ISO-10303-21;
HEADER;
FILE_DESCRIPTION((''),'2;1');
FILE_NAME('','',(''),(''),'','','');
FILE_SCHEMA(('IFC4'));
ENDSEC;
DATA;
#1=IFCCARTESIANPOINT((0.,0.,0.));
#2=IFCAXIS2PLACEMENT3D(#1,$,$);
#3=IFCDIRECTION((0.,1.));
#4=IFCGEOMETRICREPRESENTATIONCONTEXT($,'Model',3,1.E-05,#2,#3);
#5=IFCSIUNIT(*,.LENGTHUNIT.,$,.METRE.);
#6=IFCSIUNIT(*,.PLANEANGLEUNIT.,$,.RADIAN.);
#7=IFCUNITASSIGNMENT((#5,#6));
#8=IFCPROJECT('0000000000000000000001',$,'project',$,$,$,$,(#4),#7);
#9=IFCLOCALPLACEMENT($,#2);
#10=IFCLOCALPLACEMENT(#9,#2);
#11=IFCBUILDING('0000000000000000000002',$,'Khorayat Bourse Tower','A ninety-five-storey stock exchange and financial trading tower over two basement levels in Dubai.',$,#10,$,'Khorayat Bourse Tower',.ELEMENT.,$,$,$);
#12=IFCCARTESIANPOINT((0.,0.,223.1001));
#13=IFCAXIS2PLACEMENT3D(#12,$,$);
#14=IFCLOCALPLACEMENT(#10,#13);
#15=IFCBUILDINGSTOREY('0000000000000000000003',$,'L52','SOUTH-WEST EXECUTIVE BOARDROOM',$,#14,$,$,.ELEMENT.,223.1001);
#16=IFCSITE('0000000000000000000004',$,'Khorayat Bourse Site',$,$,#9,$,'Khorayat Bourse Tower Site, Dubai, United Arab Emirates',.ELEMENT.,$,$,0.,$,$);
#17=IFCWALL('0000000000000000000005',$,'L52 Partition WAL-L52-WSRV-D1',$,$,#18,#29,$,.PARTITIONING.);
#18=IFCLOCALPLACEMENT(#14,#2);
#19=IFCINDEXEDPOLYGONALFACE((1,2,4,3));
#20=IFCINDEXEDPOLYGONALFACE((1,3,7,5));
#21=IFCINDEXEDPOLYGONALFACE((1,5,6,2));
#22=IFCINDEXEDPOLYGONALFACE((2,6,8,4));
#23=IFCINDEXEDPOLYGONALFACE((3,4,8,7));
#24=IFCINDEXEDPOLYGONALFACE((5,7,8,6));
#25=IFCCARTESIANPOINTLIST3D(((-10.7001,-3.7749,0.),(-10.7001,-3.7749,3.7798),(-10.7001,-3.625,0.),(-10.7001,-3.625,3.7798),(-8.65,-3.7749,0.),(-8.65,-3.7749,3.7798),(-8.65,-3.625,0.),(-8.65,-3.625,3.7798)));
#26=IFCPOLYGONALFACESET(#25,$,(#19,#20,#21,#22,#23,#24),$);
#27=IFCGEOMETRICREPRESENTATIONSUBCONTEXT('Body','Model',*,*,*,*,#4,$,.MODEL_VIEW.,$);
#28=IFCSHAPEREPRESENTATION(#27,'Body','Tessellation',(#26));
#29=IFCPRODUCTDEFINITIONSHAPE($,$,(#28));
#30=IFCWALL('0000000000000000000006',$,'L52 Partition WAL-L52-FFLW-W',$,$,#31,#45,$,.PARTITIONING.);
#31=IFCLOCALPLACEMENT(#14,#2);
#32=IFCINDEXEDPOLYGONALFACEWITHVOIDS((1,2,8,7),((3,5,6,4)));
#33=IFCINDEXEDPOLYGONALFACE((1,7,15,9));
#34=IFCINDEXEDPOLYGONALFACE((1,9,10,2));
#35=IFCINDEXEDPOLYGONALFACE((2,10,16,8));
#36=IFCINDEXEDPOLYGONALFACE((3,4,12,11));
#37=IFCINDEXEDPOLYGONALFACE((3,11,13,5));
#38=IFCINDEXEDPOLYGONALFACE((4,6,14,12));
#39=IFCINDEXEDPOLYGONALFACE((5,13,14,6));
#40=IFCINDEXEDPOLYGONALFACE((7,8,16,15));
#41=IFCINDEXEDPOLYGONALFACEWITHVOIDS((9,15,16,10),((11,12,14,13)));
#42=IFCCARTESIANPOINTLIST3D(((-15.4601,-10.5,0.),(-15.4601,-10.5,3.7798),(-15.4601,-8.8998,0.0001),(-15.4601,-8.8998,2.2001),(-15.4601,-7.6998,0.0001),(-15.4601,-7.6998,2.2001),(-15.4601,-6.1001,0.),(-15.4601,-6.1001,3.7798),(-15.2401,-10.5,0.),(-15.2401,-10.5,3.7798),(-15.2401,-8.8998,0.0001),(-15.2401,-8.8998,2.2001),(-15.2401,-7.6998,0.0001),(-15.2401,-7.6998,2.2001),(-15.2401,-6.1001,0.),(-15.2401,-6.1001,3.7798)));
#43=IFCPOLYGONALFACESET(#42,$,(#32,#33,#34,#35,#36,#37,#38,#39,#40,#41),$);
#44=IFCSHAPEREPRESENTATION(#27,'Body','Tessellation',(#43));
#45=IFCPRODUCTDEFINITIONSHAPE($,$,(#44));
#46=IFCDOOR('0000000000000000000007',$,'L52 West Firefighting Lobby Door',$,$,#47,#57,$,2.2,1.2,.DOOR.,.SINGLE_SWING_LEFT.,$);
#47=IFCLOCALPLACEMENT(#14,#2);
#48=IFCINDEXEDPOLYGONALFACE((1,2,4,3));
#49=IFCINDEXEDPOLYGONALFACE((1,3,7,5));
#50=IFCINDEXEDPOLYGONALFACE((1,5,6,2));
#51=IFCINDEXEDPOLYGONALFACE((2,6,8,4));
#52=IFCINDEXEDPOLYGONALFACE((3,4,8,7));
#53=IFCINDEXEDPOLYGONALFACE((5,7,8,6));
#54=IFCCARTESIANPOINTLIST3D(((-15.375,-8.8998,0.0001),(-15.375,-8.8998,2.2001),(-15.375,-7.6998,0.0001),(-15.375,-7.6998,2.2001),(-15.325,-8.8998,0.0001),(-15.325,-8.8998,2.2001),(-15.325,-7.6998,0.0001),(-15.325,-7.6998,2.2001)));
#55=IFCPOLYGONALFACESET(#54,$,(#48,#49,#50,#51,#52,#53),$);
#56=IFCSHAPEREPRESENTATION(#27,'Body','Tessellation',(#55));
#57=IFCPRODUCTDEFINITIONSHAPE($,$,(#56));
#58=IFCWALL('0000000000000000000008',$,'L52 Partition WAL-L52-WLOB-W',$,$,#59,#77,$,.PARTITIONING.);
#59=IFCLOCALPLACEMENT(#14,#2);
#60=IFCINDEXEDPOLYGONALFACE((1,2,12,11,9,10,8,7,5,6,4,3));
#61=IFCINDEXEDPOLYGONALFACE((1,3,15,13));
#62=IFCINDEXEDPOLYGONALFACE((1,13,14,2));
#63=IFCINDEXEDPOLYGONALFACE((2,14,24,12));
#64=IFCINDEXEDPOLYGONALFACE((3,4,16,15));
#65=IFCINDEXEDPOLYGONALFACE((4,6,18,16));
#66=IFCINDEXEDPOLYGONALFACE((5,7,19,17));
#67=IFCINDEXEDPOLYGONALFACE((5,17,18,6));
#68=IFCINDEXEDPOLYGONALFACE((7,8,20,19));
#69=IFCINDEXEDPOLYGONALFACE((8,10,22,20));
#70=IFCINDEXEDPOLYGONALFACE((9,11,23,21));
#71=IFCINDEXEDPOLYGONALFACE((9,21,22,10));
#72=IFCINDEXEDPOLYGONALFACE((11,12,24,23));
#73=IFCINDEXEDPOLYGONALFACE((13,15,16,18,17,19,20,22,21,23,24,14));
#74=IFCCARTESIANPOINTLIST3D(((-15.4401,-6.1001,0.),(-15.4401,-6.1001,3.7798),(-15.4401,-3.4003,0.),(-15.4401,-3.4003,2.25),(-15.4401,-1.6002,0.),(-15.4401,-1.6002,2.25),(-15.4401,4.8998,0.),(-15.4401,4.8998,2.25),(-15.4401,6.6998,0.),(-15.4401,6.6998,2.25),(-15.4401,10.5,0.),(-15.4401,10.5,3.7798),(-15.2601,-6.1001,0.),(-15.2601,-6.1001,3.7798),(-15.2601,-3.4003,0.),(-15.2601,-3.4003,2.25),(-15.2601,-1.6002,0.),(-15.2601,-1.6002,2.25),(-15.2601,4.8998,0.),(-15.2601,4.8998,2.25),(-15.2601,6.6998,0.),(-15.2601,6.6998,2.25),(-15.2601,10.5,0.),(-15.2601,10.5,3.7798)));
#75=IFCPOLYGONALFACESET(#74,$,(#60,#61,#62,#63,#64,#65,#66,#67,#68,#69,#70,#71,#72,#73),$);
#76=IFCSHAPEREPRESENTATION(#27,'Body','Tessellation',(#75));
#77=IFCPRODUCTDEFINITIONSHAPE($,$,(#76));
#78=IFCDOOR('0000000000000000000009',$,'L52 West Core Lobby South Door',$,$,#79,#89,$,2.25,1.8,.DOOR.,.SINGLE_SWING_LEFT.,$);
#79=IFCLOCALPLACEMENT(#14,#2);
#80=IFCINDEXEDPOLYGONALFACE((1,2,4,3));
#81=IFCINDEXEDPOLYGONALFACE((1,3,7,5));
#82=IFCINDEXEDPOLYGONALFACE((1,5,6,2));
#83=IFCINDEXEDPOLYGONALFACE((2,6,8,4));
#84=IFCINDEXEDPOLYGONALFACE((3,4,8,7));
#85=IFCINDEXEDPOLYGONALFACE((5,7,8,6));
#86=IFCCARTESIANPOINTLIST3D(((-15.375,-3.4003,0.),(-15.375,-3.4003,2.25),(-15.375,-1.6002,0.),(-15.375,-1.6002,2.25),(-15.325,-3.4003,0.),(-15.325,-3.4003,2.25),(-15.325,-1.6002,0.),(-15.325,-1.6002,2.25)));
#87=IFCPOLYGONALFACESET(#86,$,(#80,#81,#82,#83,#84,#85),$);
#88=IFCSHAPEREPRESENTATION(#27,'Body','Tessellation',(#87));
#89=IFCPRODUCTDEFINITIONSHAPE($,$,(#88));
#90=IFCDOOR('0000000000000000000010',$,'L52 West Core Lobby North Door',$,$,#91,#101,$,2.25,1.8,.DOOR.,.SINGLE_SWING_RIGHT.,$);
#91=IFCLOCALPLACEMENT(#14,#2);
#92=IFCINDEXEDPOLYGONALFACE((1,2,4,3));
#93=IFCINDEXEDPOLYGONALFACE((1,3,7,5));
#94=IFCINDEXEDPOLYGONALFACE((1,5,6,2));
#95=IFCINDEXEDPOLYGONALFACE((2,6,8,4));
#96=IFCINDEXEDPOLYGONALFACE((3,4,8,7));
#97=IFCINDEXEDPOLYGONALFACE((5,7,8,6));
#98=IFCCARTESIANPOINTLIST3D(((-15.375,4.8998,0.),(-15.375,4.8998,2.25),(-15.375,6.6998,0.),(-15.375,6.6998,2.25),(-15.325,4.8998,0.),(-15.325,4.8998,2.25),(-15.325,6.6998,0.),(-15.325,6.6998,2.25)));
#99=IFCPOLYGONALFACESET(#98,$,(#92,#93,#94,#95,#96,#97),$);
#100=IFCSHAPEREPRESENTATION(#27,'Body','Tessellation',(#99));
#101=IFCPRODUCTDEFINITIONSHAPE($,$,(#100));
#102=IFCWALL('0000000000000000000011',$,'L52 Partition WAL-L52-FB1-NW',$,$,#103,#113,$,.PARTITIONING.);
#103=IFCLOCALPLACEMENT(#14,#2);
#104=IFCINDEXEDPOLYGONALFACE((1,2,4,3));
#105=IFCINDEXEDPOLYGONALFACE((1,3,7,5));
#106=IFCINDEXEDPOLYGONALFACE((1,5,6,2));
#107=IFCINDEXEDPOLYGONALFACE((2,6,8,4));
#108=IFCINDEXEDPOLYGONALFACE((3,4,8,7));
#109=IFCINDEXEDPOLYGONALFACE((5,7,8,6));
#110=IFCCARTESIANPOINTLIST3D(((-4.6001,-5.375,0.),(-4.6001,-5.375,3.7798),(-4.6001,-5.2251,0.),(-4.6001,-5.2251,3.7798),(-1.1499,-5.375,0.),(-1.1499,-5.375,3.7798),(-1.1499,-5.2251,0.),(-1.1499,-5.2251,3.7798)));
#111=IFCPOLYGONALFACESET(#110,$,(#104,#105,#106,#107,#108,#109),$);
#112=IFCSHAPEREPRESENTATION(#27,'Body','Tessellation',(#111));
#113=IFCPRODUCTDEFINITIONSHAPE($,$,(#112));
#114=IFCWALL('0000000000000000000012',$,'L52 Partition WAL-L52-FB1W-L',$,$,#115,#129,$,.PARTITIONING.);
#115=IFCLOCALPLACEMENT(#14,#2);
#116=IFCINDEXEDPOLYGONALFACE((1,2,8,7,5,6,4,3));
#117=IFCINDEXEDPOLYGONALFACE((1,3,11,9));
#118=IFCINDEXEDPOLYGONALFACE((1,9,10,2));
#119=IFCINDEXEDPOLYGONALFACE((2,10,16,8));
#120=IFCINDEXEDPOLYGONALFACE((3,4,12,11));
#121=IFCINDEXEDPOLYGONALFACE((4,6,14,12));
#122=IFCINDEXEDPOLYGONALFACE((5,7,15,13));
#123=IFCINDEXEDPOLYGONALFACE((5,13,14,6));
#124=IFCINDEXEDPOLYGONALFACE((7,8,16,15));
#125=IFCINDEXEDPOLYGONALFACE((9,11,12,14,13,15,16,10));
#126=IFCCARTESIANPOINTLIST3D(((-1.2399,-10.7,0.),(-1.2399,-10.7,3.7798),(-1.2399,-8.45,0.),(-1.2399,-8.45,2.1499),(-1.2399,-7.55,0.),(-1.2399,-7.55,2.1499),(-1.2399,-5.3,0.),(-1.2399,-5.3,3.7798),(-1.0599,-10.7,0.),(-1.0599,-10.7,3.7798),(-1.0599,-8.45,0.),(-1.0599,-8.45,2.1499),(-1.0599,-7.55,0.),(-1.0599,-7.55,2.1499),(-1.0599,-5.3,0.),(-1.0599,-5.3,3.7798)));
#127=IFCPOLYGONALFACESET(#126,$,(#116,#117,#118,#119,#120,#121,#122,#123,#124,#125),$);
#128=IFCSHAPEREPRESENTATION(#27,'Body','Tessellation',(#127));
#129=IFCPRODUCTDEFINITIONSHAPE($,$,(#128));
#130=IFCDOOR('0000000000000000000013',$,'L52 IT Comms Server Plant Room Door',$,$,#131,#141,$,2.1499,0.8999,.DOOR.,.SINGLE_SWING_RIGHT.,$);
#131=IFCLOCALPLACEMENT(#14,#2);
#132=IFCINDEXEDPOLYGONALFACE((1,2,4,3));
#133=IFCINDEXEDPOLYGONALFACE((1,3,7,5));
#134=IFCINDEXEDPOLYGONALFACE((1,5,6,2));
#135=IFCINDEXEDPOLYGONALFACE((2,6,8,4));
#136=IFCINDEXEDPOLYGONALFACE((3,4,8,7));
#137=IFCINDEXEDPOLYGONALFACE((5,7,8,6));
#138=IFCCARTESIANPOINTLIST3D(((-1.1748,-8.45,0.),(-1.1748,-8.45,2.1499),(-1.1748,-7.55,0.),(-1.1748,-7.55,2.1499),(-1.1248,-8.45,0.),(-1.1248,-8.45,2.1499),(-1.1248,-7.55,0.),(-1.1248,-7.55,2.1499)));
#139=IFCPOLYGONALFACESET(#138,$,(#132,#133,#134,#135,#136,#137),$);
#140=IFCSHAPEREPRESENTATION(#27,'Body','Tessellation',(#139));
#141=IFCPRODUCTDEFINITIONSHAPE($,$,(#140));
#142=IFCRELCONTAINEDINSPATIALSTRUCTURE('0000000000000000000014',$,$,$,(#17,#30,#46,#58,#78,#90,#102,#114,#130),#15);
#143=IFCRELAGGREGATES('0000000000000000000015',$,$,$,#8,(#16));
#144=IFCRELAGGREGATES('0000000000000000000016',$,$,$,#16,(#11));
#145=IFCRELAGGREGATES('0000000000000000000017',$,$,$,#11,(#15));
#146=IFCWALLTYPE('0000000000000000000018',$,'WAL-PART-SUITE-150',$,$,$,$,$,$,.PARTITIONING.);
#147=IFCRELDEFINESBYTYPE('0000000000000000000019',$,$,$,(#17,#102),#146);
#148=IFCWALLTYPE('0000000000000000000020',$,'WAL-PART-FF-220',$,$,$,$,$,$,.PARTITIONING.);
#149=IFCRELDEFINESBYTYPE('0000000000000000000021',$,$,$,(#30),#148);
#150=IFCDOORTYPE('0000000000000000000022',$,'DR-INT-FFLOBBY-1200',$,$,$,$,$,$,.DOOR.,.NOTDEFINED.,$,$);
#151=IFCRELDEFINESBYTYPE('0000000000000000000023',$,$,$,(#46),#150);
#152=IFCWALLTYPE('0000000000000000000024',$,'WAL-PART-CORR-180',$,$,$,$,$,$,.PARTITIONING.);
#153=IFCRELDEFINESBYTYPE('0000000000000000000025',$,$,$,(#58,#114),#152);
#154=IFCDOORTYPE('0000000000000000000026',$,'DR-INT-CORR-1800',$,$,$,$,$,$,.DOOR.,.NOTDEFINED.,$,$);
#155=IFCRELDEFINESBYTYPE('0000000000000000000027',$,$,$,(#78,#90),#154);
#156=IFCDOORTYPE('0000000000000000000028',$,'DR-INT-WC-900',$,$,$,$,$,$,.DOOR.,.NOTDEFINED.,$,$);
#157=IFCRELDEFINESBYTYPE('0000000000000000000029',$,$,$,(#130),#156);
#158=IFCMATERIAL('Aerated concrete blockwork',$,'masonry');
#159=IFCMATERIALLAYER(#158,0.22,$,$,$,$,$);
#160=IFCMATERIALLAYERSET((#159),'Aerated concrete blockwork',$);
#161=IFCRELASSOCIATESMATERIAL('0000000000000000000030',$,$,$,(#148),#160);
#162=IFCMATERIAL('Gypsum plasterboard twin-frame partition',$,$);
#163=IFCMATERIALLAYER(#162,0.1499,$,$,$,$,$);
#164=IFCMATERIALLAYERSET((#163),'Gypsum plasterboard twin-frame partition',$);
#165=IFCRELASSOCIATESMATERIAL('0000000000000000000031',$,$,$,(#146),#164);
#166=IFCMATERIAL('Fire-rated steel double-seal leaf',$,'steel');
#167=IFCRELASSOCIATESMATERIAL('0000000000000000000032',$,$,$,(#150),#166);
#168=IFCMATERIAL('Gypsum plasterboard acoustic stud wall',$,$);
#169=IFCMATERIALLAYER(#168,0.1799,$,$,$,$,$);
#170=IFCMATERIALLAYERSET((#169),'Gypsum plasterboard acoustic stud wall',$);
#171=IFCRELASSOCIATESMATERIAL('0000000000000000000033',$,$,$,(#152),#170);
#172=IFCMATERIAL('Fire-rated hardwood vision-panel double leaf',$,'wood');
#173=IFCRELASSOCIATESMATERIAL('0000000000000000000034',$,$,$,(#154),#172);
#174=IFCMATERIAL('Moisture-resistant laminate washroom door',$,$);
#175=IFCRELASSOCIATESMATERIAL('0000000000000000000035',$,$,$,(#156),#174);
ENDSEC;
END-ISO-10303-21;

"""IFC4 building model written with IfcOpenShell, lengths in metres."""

from ifc_helpers import new_model, si_unit, direction, frame, frame_2d, origin, place, context, subcontext, project, spatial, rectangle, extrude, source, transform, mapped, material, layer, layer_set, type_object, element, fill, save


model = new_model("IFC4")

# Units and contexts
model_context = context("Model", 3, precision=1e-05, world=origin(), true_north=direction((0.0, 1.0)))
body_context = subcontext(model_context, "Body", "Model", "MODEL_VIEW")
ifc_project = project(units=[si_unit("LENGTHUNIT", "METRE"), si_unit("PLANEANGLEUNIT", "RADIAN")], contexts=[model_context])

# Site, building, storey
site_placement = place(None, origin())
site = spatial("IfcSite", under=ifc_project, at=site_placement, Name="Khorayat Bourse Site", LongName="Khorayat Bourse Tower Site, Dubai, United Arab Emirates", CompositionType="ELEMENT", RefElevation=0.0)
building_placement = place(site_placement, origin())
building = spatial("IfcBuilding", under=site, at=building_placement, Name="Khorayat Bourse Tower", Description="A ninety-five-storey stock exchange and financial trading tower over two basement levels in Dubai.", LongName="Khorayat Bourse Tower", CompositionType="ELEMENT")
storey_placement = place(building_placement, frame((0.0, 0.0, 223.1001)))
storey = spatial("IfcBuildingStorey", under=building, at=storey_placement, Name="L52", Description="SOUTH-WEST EXECUTIVE BOARDROOM", CompositionType="ELEMENT", Elevation=223.1001)

# Wall
ifc_material_1 = material(Name="Aerated concrete blockwork", Category="masonry")
ifc_layer_1 = layer(ifc_material_1, 0.22)
ifc_layer_set_1 = layer_set([ifc_layer_1], Name="Aerated concrete blockwork")
wall_type_1 = type_object("IfcWallType", Name="WAL-PART-FF-220", PredefinedType="PARTITIONING", material=ifc_layer_set_1)
ifc_material_2 = material(Name="Gypsum plasterboard twin-frame partition")
ifc_layer_2 = layer(ifc_material_2, 0.1499)
ifc_layer_set_2 = layer_set([ifc_layer_2], Name="Gypsum plasterboard twin-frame partition")
wall_type_2 = type_object("IfcWallType", Name="WAL-PART-SUITE-150", PredefinedType="PARTITIONING", material=ifc_layer_set_2)
shared_shape_1 = source(origin(), body_context, "Body", "SweptSolid", [
    extrude(rectangle(XDim=2.05, YDim=0.1499, at=frame_2d((1.0249, 0.0))), origin(), (0.0, 0.0, 1.0), 3.7798),
])
wall_1_placement = place(storey_placement, frame((-10.7, -3.7, 0.0), z_axis=(0.0, 0.0, 1.0), x_axis=(1.0, 0.0, 0.0)))
element("IfcWall", 1, at=wall_1_placement, inside=storey, type_object=wall_type_2, Name="L52 Partition WAL-L52-WSRV-D1", PredefinedType="PARTITIONING", context=body_context, shape_type="MappedRepresentation", body=[
    mapped(shared_shape_1, transform((0.0, 0.0, 0.0), scale=1.0)),
])

# Wall, opening, door
shared_shape_2 = source(origin(), body_context, "Body", "SweptSolid", [
    extrude(rectangle(XDim=4.3999, YDim=0.22, at=frame_2d((2.2, 0.0))), origin(), (0.0, 0.0, 1.0), 3.7798),
])
wall_2_placement = place(storey_placement, frame((-15.3501, -10.5, 0.0), z_axis=(0.0, 0.0, 1.0), x_axis=(0.0, 1.0, 0.0)))
wall_2 = element("IfcWall", 2, at=wall_2_placement, inside=storey, type_object=wall_type_1, Name="L52 Partition WAL-L52-FFLW-W", PredefinedType="PARTITIONING", context=body_context, shape_type="MappedRepresentation", body=[
    mapped(shared_shape_2, transform((0.0, 0.0, 0.0), scale=1.0)),
])
shared_shape_3 = source(origin(), body_context, "Body", "SweptSolid", [
    extrude(rectangle(XDim=1.2, YDim=2.2, at=frame_2d((0.6001, 1.1001))), frame((0.0, 0.1199, 0.0), z_axis=(0.0, -1.0, 0.0), x_axis=(1.0, 0.0, 0.0)), (0.0, 0.0, 1.0), 0.24),
])
opening_1_placement = place(wall_2_placement, frame((1.6001, 0.0, 0.0)))
opening_1 = element("IfcOpeningElement", 3, at=opening_1_placement, cuts=wall_2, PredefinedType="OPENING", context=body_context, shape_type="MappedRepresentation", body=[
    mapped(shared_shape_3, transform((0.0, 0.0, 0.0), scale=1.0)),
])
ifc_material_3 = material(Name="Fire-rated steel double-seal leaf", Category="steel")
door_type_1 = type_object("IfcDoorType", Name="DR-INT-FFLOBBY-1200", OperationType="NOTDEFINED", PredefinedType="DOOR", material=ifc_material_3)
shared_shape_4 = source(origin(), body_context, "Body", "SweptSolid", [
    extrude(rectangle(XDim=1.2, YDim=2.2, at=frame_2d((0.6001, 1.1001))), frame((0.0, 0.0249, 0.0), z_axis=(0.0, -1.0, 0.0), x_axis=(1.0, 0.0, 0.0)), (0.0, 0.0, 1.0), 0.05),
])
door_1_placement = place(opening_1_placement, origin())
door_1 = element("IfcDoor", 4, at=door_1_placement, inside=storey, type_object=door_type_1, Name="L52 West Firefighting Lobby Door", OperationType="SINGLE_SWING_LEFT", OverallHeight=2.2, OverallWidth=1.2, PredefinedType="DOOR", context=body_context, shape_type="MappedRepresentation", body=[
    mapped(shared_shape_4, transform((0.0, 0.0, 0.0), scale=1.0)),
])
fill(opening_1, door_1)

# Wall, openings, doors
ifc_material_4 = material(Name="Gypsum plasterboard acoustic stud wall")
ifc_layer_3 = layer(ifc_material_4, 0.1799)
ifc_layer_set_3 = layer_set([ifc_layer_3], Name="Gypsum plasterboard acoustic stud wall")
wall_type_3 = type_object("IfcWallType", Name="WAL-PART-CORR-180", PredefinedType="PARTITIONING", material=ifc_layer_set_3)
shared_shape_5 = source(origin(), body_context, "Body", "SweptSolid", [
    extrude(rectangle(XDim=16.6001, YDim=0.1799, at=frame_2d((8.3, 0.0))), origin(), (0.0, 0.0, 1.0), 3.7798),
])
wall_3_placement = place(storey_placement, frame((-15.3501, -6.1001, 0.0), z_axis=(0.0, 0.0, 1.0), x_axis=(0.0, 1.0, 0.0)))
wall_3 = element("IfcWall", 5, at=wall_3_placement, inside=storey, type_object=wall_type_3, Name="L52 Partition WAL-L52-WLOB-W", PredefinedType="PARTITIONING", context=body_context, shape_type="MappedRepresentation", body=[
    mapped(shared_shape_5, transform((0.0, 0.0, 0.0), scale=1.0)),
])
shared_shape_6 = source(origin(), body_context, "Body", "SweptSolid", [
    extrude(rectangle(XDim=1.8, YDim=2.25, at=frame_2d((0.8999, 1.125))), frame((0.0, 0.0999, 0.0), z_axis=(0.0, -1.0, 0.0), x_axis=(1.0, 0.0, 0.0)), (0.0, 0.0, 1.0), 0.2),
])
opening_2_placement = place(wall_3_placement, frame((2.7, 0.0, 0.0)))
opening_2 = element("IfcOpeningElement", 6, at=opening_2_placement, cuts=wall_3, PredefinedType="OPENING", context=body_context, shape_type="MappedRepresentation", body=[
    mapped(shared_shape_6, transform((0.0, 0.0, 0.0), scale=1.0)),
])
opening_3_placement = place(wall_3_placement, frame((11.0, 0.0, 0.0)))
opening_3 = element("IfcOpeningElement", 7, at=opening_3_placement, cuts=wall_3, PredefinedType="OPENING", context=body_context, shape_type="MappedRepresentation", body=[
    mapped(shared_shape_6, transform((0.0, 0.0, 0.0), scale=1.0)),
])
ifc_material_5 = material(Name="Fire-rated hardwood vision-panel double leaf", Category="wood")
door_type_2 = type_object("IfcDoorType", Name="DR-INT-CORR-1800", OperationType="NOTDEFINED", PredefinedType="DOOR", material=ifc_material_5)
shared_shape_7 = source(origin(), body_context, "Body", "SweptSolid", [
    extrude(rectangle(XDim=1.8, YDim=2.25, at=frame_2d((0.8999, 1.125))), frame((0.0, 0.0249, 0.0), z_axis=(0.0, -1.0, 0.0), x_axis=(1.0, 0.0, 0.0)), (0.0, 0.0, 1.0), 0.05),
])
door_2_placement = place(opening_2_placement, origin())
door_2 = element("IfcDoor", 8, at=door_2_placement, inside=storey, type_object=door_type_2, Name="L52 West Core Lobby South Door", OperationType="SINGLE_SWING_LEFT", OverallHeight=2.25, OverallWidth=1.8, PredefinedType="DOOR", context=body_context, shape_type="MappedRepresentation", body=[
    mapped(shared_shape_7, transform((0.0, 0.0, 0.0), scale=1.0)),
])
fill(opening_2, door_2)
door_3_placement = place(opening_3_placement, origin())
door_3 = element("IfcDoor", 9, at=door_3_placement, inside=storey, type_object=door_type_2, Name="L52 West Core Lobby North Door", OperationType="SINGLE_SWING_RIGHT", OverallHeight=2.25, OverallWidth=1.8, PredefinedType="DOOR", context=body_context, shape_type="MappedRepresentation", body=[
    mapped(shared_shape_7, transform((0.0, 0.0, 0.0), scale=1.0)),
])
fill(opening_3, door_3)

# Wall
shared_shape_8 = source(origin(), body_context, "Body", "SweptSolid", [
    extrude(rectangle(XDim=3.4502, YDim=0.1499, at=frame_2d((1.7251, 0.0))), origin(), (0.0, 0.0, 1.0), 3.7798),
])
wall_4_placement = place(storey_placement, frame((-4.6001, -5.3, 0.0), z_axis=(0.0, 0.0, 1.0), x_axis=(1.0, 0.0, 0.0)))
element("IfcWall", 10, at=wall_4_placement, inside=storey, type_object=wall_type_2, Name="L52 Partition WAL-L52-FB1-NW", PredefinedType="PARTITIONING", context=body_context, shape_type="MappedRepresentation", body=[
    mapped(shared_shape_8, transform((0.0, 0.0, 0.0), scale=1.0)),
])

# Wall, opening, door
shared_shape_9 = source(origin(), body_context, "Body", "SweptSolid", [
    extrude(rectangle(XDim=5.3999, YDim=0.1799, at=frame_2d((2.7, 0.0))), origin(), (0.0, 0.0, 1.0), 3.7798),
])
wall_5_placement = place(storey_placement, frame((-1.1499, -10.7, 0.0), z_axis=(0.0, 0.0, 1.0), x_axis=(0.0, 1.0, 0.0)))
wall_5 = element("IfcWall", 11, at=wall_5_placement, inside=storey, type_object=wall_type_3, Name="L52 Partition WAL-L52-FB1W-L", PredefinedType="PARTITIONING", context=body_context, shape_type="MappedRepresentation", body=[
    mapped(shared_shape_9, transform((0.0, 0.0, 0.0), scale=1.0)),
])
shared_shape_10 = source(origin(), body_context, "Body", "SweptSolid", [
    extrude(rectangle(XDim=0.8999, YDim=2.1499, at=frame_2d((0.45, 1.075))), frame((0.0, 0.0999, 0.0), z_axis=(0.0, -1.0, 0.0), x_axis=(1.0, 0.0, 0.0)), (0.0, 0.0, 1.0), 0.2),
])
opening_4_placement = place(wall_5_placement, frame((2.25, 0.0, 0.0)))
opening_4 = element("IfcOpeningElement", 12, at=opening_4_placement, cuts=wall_5, PredefinedType="OPENING", context=body_context, shape_type="MappedRepresentation", body=[
    mapped(shared_shape_10, transform((0.0, 0.0, 0.0), scale=1.0)),
])
ifc_material_6 = material(Name="Moisture-resistant laminate washroom door")
door_type_3 = type_object("IfcDoorType", Name="DR-INT-WC-900", OperationType="NOTDEFINED", PredefinedType="DOOR", material=ifc_material_6)
shared_shape_11 = source(origin(), body_context, "Body", "SweptSolid", [
    extrude(rectangle(XDim=0.8999, YDim=2.1499, at=frame_2d((0.45, 1.075))), frame((0.0, 0.0249, 0.0), z_axis=(0.0, -1.0, 0.0), x_axis=(1.0, 0.0, 0.0)), (0.0, 0.0, 1.0), 0.05),
])
door_4_placement = place(opening_4_placement, origin())
door_4 = element("IfcDoor", 13, at=door_4_placement, inside=storey, type_object=door_type_3, Name="L52 IT Comms Server Plant Room Door", OperationType="SINGLE_SWING_RIGHT", OverallHeight=2.1499, OverallWidth=0.8999, PredefinedType="DOOR", context=body_context, shape_type="MappedRepresentation", body=[
    mapped(shared_shape_11, transform((0.0, 0.0, 0.0), scale=1.0)),
])
fill(opening_4, door_4)

save(model, "model.ifc")
